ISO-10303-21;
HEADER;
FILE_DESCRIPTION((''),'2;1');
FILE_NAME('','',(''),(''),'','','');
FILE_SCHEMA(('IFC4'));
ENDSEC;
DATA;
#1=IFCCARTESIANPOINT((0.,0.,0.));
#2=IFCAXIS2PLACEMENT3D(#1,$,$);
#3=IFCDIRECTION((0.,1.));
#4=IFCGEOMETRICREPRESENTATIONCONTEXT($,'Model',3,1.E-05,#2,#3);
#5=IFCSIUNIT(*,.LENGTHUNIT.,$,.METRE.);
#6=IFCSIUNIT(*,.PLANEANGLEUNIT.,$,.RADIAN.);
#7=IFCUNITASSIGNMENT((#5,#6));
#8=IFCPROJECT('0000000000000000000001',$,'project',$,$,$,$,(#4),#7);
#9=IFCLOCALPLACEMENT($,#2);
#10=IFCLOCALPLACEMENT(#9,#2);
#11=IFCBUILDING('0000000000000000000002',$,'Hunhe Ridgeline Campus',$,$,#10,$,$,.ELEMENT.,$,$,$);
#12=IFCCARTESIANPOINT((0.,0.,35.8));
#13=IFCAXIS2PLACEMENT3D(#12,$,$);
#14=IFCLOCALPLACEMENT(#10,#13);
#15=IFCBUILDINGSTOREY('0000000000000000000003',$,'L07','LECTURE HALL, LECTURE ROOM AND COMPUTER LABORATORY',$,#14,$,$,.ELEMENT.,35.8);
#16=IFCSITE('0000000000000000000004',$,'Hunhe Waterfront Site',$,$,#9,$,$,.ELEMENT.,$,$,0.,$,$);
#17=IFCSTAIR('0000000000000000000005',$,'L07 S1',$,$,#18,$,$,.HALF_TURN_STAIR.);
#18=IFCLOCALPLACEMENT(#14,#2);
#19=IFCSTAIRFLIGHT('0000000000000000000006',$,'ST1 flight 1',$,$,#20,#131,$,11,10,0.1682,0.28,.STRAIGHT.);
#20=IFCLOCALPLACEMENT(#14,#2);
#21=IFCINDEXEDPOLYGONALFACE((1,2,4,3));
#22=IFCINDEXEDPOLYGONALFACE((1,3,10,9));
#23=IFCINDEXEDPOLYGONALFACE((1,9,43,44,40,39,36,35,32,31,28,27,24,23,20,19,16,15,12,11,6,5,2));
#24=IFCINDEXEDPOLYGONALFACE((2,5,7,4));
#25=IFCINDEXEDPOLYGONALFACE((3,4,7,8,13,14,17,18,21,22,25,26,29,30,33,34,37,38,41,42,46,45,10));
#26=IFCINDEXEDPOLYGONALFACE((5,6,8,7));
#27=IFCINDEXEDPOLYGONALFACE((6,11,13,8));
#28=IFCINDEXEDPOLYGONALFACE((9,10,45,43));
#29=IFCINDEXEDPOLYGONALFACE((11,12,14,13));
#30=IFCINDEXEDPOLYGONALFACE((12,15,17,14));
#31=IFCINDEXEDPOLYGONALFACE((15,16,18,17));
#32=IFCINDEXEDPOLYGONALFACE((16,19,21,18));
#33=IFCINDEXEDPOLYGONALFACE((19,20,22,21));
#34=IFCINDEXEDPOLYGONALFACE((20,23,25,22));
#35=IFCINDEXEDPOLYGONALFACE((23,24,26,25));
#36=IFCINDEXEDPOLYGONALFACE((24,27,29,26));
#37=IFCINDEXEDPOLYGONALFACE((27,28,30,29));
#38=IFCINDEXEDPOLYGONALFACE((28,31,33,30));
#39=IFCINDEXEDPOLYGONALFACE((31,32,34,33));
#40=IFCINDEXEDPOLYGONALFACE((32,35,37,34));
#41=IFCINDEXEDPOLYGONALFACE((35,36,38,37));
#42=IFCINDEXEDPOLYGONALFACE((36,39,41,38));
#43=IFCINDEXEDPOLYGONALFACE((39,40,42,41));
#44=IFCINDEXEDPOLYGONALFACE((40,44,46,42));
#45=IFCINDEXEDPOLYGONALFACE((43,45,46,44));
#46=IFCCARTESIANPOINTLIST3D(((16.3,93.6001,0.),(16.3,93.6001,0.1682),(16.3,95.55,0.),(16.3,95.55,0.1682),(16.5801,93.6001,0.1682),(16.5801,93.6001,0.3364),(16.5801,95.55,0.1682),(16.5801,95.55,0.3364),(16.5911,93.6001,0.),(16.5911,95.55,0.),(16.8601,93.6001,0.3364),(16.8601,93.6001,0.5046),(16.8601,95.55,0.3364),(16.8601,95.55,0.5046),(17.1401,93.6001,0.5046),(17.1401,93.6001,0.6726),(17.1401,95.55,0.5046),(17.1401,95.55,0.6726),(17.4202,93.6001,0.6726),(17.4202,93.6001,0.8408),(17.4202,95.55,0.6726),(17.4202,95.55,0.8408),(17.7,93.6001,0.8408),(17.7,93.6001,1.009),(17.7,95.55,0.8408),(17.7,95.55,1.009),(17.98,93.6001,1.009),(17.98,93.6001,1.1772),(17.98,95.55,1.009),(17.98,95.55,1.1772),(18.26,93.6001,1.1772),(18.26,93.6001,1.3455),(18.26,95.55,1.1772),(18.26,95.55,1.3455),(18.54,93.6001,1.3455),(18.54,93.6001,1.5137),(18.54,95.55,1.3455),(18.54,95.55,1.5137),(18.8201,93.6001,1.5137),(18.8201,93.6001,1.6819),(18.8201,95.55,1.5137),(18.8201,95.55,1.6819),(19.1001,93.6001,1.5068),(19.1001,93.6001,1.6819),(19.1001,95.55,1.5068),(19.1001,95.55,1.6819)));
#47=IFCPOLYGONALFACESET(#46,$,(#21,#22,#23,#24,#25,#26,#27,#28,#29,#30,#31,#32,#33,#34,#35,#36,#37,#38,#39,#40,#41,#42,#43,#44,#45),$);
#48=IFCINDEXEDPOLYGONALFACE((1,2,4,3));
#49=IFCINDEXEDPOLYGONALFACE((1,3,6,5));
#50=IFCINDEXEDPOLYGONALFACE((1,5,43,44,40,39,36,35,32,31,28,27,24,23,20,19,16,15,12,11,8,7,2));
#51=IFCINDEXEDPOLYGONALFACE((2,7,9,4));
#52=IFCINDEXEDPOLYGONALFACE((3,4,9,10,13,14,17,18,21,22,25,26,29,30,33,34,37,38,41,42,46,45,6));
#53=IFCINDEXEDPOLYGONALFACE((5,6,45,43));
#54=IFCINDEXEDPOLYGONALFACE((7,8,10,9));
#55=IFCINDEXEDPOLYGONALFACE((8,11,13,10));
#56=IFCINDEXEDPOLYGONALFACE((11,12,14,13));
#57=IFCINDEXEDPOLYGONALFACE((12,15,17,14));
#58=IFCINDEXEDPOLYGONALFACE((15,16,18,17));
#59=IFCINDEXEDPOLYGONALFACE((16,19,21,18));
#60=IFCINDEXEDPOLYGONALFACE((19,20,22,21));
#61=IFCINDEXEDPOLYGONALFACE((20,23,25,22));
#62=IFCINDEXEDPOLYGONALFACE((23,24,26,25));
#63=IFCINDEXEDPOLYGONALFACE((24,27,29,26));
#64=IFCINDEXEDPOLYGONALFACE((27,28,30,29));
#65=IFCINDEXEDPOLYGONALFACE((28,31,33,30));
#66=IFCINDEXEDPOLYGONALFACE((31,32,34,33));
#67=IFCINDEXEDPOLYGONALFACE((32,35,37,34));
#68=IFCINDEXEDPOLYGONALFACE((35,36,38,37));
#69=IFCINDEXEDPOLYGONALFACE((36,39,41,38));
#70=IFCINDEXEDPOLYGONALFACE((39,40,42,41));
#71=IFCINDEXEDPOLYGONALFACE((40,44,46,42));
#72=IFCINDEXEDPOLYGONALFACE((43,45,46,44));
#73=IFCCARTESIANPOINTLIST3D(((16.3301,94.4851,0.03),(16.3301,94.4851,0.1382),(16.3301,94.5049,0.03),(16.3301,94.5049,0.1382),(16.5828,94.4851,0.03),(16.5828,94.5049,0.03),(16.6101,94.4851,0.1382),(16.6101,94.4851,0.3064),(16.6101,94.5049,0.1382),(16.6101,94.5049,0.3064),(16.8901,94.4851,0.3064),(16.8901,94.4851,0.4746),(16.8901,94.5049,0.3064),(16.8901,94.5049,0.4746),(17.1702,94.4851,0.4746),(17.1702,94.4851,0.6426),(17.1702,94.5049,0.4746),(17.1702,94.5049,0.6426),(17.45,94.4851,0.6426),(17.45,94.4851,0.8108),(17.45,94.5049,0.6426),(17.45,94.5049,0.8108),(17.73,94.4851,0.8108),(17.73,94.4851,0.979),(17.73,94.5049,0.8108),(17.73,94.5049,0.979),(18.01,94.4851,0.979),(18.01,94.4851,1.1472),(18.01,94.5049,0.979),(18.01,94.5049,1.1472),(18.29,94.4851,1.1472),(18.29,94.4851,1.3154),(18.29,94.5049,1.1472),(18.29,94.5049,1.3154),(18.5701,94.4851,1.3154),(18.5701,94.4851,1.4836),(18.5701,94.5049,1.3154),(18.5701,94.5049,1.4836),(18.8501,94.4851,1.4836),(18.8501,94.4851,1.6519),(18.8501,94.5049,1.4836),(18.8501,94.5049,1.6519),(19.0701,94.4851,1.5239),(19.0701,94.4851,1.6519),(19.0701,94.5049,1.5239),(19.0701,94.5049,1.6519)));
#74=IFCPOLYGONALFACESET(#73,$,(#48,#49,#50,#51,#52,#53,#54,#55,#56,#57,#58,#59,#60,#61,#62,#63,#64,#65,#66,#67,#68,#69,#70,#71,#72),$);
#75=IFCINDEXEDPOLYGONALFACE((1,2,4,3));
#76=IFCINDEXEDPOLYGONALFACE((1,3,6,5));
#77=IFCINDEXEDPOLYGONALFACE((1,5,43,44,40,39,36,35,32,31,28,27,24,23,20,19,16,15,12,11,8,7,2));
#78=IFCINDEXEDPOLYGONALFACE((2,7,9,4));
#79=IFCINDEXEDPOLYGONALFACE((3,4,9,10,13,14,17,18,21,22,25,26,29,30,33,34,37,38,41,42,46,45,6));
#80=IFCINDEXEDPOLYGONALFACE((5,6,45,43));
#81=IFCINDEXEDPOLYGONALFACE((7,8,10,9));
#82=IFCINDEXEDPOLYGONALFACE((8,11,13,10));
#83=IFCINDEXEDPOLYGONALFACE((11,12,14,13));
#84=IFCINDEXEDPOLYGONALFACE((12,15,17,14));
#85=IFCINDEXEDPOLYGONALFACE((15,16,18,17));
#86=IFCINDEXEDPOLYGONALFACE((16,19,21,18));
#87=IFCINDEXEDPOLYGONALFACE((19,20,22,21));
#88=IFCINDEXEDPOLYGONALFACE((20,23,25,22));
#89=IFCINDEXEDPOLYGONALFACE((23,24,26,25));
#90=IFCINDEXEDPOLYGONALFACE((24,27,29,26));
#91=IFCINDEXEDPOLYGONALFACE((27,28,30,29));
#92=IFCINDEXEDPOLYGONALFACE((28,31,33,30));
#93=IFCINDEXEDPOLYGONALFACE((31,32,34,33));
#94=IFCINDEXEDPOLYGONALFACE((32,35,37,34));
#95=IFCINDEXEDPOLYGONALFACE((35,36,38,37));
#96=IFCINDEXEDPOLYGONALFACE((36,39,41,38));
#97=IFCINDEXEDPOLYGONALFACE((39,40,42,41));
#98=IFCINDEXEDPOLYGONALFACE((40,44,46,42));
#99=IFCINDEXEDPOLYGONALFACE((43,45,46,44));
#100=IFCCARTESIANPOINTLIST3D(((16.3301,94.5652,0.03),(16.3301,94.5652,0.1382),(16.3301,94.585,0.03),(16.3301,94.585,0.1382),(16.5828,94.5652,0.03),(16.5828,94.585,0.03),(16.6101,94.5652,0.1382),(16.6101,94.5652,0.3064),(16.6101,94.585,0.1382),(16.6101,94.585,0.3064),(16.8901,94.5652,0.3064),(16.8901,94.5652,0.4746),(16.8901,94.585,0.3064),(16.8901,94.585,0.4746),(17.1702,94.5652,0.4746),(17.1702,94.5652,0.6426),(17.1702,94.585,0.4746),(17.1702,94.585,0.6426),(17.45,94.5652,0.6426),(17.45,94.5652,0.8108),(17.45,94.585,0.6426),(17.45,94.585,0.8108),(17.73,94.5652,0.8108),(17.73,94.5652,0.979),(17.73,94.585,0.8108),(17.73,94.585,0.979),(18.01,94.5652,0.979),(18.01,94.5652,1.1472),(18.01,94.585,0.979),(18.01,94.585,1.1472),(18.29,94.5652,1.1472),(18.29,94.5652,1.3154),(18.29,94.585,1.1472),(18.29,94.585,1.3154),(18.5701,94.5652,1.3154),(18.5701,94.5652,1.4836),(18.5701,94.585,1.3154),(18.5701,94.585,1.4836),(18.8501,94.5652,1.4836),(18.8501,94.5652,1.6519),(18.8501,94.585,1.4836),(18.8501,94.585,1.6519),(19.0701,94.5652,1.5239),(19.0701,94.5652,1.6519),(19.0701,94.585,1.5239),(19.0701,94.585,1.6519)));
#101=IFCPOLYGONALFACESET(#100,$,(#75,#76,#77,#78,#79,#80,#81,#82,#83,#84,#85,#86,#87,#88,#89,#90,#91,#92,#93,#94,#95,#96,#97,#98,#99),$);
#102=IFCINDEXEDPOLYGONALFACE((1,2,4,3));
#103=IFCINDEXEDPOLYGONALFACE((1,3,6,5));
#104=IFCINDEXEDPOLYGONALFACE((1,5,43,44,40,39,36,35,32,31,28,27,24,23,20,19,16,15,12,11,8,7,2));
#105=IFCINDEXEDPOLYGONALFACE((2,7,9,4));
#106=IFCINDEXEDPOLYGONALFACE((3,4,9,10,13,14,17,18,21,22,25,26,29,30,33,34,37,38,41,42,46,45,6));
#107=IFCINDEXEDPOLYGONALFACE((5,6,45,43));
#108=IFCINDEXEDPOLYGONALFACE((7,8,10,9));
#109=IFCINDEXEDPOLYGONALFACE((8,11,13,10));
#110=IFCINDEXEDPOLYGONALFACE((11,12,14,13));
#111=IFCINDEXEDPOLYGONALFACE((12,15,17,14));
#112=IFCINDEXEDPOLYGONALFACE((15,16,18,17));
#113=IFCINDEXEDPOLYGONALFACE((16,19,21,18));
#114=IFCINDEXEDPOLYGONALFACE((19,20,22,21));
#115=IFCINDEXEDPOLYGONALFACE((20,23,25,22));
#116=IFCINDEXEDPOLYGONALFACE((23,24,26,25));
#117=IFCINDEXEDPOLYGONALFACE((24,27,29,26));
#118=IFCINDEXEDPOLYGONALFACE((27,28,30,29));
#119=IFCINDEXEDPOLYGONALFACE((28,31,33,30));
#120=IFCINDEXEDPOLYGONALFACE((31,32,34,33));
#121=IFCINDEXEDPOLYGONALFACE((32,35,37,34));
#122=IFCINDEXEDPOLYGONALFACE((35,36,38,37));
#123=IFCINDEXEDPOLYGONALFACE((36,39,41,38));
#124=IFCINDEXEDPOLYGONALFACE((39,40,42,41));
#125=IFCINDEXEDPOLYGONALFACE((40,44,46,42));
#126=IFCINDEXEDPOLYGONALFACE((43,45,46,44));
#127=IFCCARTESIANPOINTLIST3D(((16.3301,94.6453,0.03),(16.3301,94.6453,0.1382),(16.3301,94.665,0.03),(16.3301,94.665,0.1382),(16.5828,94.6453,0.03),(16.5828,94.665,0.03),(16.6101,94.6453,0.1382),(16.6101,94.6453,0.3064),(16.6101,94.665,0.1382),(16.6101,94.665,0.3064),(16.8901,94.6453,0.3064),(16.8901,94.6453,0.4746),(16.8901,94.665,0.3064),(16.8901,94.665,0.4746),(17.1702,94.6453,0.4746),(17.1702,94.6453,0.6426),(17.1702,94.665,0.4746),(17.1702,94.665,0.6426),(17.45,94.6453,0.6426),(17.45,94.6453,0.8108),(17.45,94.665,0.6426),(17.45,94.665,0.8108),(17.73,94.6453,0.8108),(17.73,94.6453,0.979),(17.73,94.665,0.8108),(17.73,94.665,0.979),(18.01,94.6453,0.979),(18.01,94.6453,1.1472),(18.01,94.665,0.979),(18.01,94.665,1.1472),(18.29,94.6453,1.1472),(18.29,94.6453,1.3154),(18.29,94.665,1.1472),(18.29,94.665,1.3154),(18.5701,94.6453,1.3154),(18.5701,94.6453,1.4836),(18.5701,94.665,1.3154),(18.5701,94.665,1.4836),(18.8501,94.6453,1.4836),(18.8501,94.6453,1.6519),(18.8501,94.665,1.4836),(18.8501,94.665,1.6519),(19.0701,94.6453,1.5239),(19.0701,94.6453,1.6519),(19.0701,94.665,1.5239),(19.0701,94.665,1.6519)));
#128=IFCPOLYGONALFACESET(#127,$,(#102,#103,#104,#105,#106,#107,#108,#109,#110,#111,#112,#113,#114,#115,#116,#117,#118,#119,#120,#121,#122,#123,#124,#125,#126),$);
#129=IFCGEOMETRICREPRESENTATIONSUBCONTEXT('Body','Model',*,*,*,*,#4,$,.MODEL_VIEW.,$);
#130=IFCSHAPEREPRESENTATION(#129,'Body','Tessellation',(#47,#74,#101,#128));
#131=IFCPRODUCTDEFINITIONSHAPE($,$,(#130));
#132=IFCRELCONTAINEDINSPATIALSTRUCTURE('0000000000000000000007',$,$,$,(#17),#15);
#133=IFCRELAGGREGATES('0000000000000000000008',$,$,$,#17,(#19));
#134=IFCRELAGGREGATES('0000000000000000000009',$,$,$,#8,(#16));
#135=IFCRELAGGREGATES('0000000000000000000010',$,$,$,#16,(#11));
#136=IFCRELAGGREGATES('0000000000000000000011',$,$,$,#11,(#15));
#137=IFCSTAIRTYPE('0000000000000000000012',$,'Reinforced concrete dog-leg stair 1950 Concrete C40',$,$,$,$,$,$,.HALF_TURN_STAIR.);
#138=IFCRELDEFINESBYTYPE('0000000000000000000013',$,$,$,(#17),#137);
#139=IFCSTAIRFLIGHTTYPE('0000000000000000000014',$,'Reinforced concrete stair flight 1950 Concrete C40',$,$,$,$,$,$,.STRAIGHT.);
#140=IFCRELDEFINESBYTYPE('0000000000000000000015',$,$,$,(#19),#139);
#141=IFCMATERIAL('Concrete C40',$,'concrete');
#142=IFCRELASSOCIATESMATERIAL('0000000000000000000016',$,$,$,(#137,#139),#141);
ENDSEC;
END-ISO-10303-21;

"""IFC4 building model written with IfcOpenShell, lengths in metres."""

from ifc_helpers import new_model, si_unit, direction, frame, origin, place, context, subcontext, project, spatial, polyline, outline, extrude, material, type_object, element, aggregate, save


model = new_model("IFC4")

# Units and contexts
model_context = context("Model", 3, precision=1e-05, world=origin(), true_north=direction((0.0, 1.0)))
body_context = subcontext(model_context, "Body", "Model", "MODEL_VIEW")
ifc_project = project(units=[si_unit("LENGTHUNIT", "METRE"), si_unit("PLANEANGLEUNIT", "RADIAN")], contexts=[model_context])

# Site, building, storey
site_placement = place(None, origin())
site = spatial("IfcSite", under=ifc_project, at=site_placement, Name="Hunhe Waterfront Site", CompositionType="ELEMENT", RefElevation=0.0)
building_placement = place(site_placement, origin())
building = spatial("IfcBuilding", under=site, at=building_placement, Name="Hunhe Ridgeline Campus", CompositionType="ELEMENT")
storey_placement = place(building_placement, frame((0.0, 0.0, 35.8)))
storey = spatial("IfcBuildingStorey", under=building, at=storey_placement, Name="L07", Description="LECTURE HALL, LECTURE ROOM AND COMPUTER LABORATORY", CompositionType="ELEMENT", Elevation=35.8)

# Stair, stair flight
ifc_material_1 = material(Name="Concrete C40", Category="concrete")
stair_type = type_object("IfcStairType", Name="Reinforced concrete dog-leg stair 1950 Concrete C40", PredefinedType="HALF_TURN_STAIR", material=ifc_material_1)
stair_placement = place(storey_placement, origin())
stair = element("IfcStair", 1, at=stair_placement, inside=storey, type_object=stair_type, Name="L07 S1", PredefinedType="HALF_TURN_STAIR")
stair_flight_type = type_object("IfcStairFlightType", Name="Reinforced concrete stair flight 1950 Concrete C40", PredefinedType="STRAIGHT", material=ifc_material_1)
stair_flight_1_placement = place(storey_placement, frame((16.3, 94.575, 0.0), z_axis=(0.0, 0.0, 1.0), x_axis=(1.0, 0.0, 0.0)))
stair_flight_1 = element("IfcStairFlight", 2, at=stair_flight_1_placement, type_object=stair_flight_type, Name="ST1 flight 1", NumberOfRisers=11, NumberOfTreads=10, PredefinedType="STRAIGHT", RiserHeight=0.1682, TreadLength=0.28, context=body_context, shape_type="SweptSolid", body=[
    extrude(outline(polyline([(0.0, 0.0), (0.0, 0.1682), (0.28, 0.1682), (0.28, 0.3364), (0.5601, 0.3364), (0.5601, 0.5046), (0.8401, 0.5046), (0.8401, 0.6726), (1.1201, 0.6726), (1.1201, 0.8408), (1.3999, 0.8408), (1.3999, 1.009), (1.6799, 1.009), (1.6799, 1.1772), (1.96, 1.1772), (1.96, 1.3455), (2.24, 1.3455), (2.24, 1.5137), (2.52, 1.5137), (2.52, 1.6819), (2.8, 1.6819), (2.8, 1.8501), (2.8, 1.5068), (0.291, 0.0), (0.0, 0.0)])), frame((0.0, 0.9751, 0.0), z_axis=(0.0, -1.0, 0.0), x_axis=(1.0, 0.0, 0.0)), (0.0, 0.0, 1.0), 1.95),
    extrude(outline(polyline([(0.03, 0.03), (0.03, 0.1382), (0.3101, 0.1382), (0.3101, 0.3064), (0.5901, 0.3064), (0.5901, 0.4746), (0.8701, 0.4746), (0.8701, 0.6426), (1.1499, 0.6426), (1.1499, 0.8108), (1.4299, 0.8108), (1.4299, 0.979), (1.71, 0.979), (1.71, 1.1472), (1.99, 1.1472), (1.99, 1.3154), (2.27, 1.3154), (2.27, 1.4836), (2.55, 1.4836), (2.55, 1.6519), (2.77, 1.6519), (2.77, 1.5239), (0.2827, 0.03), (0.03, 0.03)])), frame((0.0, -0.0701, 0.0), z_axis=(0.0, -1.0, 0.0), x_axis=(1.0, 0.0, 0.0)), (0.0, 0.0, 1.0), 0.0198),
    extrude(outline(polyline([(0.03, 0.03), (0.03, 0.1382), (0.3101, 0.1382), (0.3101, 0.3064), (0.5901, 0.3064), (0.5901, 0.4746), (0.8701, 0.4746), (0.8701, 0.6426), (1.1499, 0.6426), (1.1499, 0.8108), (1.4299, 0.8108), (1.4299, 0.979), (1.71, 0.979), (1.71, 1.1472), (1.99, 1.1472), (1.99, 1.3154), (2.27, 1.3154), (2.27, 1.4836), (2.55, 1.4836), (2.55, 1.6519), (2.77, 1.6519), (2.77, 1.5239), (0.2827, 0.03), (0.03, 0.03)])), frame((0.0, 0.01, 0.0), z_axis=(0.0, -1.0, 0.0), x_axis=(1.0, 0.0, 0.0)), (0.0, 0.0, 1.0), 0.0198),
    extrude(outline(polyline([(0.03, 0.03), (0.03, 0.1382), (0.3101, 0.1382), (0.3101, 0.3064), (0.5901, 0.3064), (0.5901, 0.4746), (0.8701, 0.4746), (0.8701, 0.6426), (1.1499, 0.6426), (1.1499, 0.8108), (1.4299, 0.8108), (1.4299, 0.979), (1.71, 0.979), (1.71, 1.1472), (1.99, 1.1472), (1.99, 1.3154), (2.27, 1.3154), (2.27, 1.4836), (2.55, 1.4836), (2.55, 1.6519), (2.77, 1.6519), (2.77, 1.5239), (0.2827, 0.03), (0.03, 0.03)])), frame((0.0, 0.0901, 0.0), z_axis=(0.0, -1.0, 0.0), x_axis=(1.0, 0.0, 0.0)), (0.0, 0.0, 1.0), 0.0198),
])
aggregate(stair, [stair_flight_1])

save(model, "model.ifc")
